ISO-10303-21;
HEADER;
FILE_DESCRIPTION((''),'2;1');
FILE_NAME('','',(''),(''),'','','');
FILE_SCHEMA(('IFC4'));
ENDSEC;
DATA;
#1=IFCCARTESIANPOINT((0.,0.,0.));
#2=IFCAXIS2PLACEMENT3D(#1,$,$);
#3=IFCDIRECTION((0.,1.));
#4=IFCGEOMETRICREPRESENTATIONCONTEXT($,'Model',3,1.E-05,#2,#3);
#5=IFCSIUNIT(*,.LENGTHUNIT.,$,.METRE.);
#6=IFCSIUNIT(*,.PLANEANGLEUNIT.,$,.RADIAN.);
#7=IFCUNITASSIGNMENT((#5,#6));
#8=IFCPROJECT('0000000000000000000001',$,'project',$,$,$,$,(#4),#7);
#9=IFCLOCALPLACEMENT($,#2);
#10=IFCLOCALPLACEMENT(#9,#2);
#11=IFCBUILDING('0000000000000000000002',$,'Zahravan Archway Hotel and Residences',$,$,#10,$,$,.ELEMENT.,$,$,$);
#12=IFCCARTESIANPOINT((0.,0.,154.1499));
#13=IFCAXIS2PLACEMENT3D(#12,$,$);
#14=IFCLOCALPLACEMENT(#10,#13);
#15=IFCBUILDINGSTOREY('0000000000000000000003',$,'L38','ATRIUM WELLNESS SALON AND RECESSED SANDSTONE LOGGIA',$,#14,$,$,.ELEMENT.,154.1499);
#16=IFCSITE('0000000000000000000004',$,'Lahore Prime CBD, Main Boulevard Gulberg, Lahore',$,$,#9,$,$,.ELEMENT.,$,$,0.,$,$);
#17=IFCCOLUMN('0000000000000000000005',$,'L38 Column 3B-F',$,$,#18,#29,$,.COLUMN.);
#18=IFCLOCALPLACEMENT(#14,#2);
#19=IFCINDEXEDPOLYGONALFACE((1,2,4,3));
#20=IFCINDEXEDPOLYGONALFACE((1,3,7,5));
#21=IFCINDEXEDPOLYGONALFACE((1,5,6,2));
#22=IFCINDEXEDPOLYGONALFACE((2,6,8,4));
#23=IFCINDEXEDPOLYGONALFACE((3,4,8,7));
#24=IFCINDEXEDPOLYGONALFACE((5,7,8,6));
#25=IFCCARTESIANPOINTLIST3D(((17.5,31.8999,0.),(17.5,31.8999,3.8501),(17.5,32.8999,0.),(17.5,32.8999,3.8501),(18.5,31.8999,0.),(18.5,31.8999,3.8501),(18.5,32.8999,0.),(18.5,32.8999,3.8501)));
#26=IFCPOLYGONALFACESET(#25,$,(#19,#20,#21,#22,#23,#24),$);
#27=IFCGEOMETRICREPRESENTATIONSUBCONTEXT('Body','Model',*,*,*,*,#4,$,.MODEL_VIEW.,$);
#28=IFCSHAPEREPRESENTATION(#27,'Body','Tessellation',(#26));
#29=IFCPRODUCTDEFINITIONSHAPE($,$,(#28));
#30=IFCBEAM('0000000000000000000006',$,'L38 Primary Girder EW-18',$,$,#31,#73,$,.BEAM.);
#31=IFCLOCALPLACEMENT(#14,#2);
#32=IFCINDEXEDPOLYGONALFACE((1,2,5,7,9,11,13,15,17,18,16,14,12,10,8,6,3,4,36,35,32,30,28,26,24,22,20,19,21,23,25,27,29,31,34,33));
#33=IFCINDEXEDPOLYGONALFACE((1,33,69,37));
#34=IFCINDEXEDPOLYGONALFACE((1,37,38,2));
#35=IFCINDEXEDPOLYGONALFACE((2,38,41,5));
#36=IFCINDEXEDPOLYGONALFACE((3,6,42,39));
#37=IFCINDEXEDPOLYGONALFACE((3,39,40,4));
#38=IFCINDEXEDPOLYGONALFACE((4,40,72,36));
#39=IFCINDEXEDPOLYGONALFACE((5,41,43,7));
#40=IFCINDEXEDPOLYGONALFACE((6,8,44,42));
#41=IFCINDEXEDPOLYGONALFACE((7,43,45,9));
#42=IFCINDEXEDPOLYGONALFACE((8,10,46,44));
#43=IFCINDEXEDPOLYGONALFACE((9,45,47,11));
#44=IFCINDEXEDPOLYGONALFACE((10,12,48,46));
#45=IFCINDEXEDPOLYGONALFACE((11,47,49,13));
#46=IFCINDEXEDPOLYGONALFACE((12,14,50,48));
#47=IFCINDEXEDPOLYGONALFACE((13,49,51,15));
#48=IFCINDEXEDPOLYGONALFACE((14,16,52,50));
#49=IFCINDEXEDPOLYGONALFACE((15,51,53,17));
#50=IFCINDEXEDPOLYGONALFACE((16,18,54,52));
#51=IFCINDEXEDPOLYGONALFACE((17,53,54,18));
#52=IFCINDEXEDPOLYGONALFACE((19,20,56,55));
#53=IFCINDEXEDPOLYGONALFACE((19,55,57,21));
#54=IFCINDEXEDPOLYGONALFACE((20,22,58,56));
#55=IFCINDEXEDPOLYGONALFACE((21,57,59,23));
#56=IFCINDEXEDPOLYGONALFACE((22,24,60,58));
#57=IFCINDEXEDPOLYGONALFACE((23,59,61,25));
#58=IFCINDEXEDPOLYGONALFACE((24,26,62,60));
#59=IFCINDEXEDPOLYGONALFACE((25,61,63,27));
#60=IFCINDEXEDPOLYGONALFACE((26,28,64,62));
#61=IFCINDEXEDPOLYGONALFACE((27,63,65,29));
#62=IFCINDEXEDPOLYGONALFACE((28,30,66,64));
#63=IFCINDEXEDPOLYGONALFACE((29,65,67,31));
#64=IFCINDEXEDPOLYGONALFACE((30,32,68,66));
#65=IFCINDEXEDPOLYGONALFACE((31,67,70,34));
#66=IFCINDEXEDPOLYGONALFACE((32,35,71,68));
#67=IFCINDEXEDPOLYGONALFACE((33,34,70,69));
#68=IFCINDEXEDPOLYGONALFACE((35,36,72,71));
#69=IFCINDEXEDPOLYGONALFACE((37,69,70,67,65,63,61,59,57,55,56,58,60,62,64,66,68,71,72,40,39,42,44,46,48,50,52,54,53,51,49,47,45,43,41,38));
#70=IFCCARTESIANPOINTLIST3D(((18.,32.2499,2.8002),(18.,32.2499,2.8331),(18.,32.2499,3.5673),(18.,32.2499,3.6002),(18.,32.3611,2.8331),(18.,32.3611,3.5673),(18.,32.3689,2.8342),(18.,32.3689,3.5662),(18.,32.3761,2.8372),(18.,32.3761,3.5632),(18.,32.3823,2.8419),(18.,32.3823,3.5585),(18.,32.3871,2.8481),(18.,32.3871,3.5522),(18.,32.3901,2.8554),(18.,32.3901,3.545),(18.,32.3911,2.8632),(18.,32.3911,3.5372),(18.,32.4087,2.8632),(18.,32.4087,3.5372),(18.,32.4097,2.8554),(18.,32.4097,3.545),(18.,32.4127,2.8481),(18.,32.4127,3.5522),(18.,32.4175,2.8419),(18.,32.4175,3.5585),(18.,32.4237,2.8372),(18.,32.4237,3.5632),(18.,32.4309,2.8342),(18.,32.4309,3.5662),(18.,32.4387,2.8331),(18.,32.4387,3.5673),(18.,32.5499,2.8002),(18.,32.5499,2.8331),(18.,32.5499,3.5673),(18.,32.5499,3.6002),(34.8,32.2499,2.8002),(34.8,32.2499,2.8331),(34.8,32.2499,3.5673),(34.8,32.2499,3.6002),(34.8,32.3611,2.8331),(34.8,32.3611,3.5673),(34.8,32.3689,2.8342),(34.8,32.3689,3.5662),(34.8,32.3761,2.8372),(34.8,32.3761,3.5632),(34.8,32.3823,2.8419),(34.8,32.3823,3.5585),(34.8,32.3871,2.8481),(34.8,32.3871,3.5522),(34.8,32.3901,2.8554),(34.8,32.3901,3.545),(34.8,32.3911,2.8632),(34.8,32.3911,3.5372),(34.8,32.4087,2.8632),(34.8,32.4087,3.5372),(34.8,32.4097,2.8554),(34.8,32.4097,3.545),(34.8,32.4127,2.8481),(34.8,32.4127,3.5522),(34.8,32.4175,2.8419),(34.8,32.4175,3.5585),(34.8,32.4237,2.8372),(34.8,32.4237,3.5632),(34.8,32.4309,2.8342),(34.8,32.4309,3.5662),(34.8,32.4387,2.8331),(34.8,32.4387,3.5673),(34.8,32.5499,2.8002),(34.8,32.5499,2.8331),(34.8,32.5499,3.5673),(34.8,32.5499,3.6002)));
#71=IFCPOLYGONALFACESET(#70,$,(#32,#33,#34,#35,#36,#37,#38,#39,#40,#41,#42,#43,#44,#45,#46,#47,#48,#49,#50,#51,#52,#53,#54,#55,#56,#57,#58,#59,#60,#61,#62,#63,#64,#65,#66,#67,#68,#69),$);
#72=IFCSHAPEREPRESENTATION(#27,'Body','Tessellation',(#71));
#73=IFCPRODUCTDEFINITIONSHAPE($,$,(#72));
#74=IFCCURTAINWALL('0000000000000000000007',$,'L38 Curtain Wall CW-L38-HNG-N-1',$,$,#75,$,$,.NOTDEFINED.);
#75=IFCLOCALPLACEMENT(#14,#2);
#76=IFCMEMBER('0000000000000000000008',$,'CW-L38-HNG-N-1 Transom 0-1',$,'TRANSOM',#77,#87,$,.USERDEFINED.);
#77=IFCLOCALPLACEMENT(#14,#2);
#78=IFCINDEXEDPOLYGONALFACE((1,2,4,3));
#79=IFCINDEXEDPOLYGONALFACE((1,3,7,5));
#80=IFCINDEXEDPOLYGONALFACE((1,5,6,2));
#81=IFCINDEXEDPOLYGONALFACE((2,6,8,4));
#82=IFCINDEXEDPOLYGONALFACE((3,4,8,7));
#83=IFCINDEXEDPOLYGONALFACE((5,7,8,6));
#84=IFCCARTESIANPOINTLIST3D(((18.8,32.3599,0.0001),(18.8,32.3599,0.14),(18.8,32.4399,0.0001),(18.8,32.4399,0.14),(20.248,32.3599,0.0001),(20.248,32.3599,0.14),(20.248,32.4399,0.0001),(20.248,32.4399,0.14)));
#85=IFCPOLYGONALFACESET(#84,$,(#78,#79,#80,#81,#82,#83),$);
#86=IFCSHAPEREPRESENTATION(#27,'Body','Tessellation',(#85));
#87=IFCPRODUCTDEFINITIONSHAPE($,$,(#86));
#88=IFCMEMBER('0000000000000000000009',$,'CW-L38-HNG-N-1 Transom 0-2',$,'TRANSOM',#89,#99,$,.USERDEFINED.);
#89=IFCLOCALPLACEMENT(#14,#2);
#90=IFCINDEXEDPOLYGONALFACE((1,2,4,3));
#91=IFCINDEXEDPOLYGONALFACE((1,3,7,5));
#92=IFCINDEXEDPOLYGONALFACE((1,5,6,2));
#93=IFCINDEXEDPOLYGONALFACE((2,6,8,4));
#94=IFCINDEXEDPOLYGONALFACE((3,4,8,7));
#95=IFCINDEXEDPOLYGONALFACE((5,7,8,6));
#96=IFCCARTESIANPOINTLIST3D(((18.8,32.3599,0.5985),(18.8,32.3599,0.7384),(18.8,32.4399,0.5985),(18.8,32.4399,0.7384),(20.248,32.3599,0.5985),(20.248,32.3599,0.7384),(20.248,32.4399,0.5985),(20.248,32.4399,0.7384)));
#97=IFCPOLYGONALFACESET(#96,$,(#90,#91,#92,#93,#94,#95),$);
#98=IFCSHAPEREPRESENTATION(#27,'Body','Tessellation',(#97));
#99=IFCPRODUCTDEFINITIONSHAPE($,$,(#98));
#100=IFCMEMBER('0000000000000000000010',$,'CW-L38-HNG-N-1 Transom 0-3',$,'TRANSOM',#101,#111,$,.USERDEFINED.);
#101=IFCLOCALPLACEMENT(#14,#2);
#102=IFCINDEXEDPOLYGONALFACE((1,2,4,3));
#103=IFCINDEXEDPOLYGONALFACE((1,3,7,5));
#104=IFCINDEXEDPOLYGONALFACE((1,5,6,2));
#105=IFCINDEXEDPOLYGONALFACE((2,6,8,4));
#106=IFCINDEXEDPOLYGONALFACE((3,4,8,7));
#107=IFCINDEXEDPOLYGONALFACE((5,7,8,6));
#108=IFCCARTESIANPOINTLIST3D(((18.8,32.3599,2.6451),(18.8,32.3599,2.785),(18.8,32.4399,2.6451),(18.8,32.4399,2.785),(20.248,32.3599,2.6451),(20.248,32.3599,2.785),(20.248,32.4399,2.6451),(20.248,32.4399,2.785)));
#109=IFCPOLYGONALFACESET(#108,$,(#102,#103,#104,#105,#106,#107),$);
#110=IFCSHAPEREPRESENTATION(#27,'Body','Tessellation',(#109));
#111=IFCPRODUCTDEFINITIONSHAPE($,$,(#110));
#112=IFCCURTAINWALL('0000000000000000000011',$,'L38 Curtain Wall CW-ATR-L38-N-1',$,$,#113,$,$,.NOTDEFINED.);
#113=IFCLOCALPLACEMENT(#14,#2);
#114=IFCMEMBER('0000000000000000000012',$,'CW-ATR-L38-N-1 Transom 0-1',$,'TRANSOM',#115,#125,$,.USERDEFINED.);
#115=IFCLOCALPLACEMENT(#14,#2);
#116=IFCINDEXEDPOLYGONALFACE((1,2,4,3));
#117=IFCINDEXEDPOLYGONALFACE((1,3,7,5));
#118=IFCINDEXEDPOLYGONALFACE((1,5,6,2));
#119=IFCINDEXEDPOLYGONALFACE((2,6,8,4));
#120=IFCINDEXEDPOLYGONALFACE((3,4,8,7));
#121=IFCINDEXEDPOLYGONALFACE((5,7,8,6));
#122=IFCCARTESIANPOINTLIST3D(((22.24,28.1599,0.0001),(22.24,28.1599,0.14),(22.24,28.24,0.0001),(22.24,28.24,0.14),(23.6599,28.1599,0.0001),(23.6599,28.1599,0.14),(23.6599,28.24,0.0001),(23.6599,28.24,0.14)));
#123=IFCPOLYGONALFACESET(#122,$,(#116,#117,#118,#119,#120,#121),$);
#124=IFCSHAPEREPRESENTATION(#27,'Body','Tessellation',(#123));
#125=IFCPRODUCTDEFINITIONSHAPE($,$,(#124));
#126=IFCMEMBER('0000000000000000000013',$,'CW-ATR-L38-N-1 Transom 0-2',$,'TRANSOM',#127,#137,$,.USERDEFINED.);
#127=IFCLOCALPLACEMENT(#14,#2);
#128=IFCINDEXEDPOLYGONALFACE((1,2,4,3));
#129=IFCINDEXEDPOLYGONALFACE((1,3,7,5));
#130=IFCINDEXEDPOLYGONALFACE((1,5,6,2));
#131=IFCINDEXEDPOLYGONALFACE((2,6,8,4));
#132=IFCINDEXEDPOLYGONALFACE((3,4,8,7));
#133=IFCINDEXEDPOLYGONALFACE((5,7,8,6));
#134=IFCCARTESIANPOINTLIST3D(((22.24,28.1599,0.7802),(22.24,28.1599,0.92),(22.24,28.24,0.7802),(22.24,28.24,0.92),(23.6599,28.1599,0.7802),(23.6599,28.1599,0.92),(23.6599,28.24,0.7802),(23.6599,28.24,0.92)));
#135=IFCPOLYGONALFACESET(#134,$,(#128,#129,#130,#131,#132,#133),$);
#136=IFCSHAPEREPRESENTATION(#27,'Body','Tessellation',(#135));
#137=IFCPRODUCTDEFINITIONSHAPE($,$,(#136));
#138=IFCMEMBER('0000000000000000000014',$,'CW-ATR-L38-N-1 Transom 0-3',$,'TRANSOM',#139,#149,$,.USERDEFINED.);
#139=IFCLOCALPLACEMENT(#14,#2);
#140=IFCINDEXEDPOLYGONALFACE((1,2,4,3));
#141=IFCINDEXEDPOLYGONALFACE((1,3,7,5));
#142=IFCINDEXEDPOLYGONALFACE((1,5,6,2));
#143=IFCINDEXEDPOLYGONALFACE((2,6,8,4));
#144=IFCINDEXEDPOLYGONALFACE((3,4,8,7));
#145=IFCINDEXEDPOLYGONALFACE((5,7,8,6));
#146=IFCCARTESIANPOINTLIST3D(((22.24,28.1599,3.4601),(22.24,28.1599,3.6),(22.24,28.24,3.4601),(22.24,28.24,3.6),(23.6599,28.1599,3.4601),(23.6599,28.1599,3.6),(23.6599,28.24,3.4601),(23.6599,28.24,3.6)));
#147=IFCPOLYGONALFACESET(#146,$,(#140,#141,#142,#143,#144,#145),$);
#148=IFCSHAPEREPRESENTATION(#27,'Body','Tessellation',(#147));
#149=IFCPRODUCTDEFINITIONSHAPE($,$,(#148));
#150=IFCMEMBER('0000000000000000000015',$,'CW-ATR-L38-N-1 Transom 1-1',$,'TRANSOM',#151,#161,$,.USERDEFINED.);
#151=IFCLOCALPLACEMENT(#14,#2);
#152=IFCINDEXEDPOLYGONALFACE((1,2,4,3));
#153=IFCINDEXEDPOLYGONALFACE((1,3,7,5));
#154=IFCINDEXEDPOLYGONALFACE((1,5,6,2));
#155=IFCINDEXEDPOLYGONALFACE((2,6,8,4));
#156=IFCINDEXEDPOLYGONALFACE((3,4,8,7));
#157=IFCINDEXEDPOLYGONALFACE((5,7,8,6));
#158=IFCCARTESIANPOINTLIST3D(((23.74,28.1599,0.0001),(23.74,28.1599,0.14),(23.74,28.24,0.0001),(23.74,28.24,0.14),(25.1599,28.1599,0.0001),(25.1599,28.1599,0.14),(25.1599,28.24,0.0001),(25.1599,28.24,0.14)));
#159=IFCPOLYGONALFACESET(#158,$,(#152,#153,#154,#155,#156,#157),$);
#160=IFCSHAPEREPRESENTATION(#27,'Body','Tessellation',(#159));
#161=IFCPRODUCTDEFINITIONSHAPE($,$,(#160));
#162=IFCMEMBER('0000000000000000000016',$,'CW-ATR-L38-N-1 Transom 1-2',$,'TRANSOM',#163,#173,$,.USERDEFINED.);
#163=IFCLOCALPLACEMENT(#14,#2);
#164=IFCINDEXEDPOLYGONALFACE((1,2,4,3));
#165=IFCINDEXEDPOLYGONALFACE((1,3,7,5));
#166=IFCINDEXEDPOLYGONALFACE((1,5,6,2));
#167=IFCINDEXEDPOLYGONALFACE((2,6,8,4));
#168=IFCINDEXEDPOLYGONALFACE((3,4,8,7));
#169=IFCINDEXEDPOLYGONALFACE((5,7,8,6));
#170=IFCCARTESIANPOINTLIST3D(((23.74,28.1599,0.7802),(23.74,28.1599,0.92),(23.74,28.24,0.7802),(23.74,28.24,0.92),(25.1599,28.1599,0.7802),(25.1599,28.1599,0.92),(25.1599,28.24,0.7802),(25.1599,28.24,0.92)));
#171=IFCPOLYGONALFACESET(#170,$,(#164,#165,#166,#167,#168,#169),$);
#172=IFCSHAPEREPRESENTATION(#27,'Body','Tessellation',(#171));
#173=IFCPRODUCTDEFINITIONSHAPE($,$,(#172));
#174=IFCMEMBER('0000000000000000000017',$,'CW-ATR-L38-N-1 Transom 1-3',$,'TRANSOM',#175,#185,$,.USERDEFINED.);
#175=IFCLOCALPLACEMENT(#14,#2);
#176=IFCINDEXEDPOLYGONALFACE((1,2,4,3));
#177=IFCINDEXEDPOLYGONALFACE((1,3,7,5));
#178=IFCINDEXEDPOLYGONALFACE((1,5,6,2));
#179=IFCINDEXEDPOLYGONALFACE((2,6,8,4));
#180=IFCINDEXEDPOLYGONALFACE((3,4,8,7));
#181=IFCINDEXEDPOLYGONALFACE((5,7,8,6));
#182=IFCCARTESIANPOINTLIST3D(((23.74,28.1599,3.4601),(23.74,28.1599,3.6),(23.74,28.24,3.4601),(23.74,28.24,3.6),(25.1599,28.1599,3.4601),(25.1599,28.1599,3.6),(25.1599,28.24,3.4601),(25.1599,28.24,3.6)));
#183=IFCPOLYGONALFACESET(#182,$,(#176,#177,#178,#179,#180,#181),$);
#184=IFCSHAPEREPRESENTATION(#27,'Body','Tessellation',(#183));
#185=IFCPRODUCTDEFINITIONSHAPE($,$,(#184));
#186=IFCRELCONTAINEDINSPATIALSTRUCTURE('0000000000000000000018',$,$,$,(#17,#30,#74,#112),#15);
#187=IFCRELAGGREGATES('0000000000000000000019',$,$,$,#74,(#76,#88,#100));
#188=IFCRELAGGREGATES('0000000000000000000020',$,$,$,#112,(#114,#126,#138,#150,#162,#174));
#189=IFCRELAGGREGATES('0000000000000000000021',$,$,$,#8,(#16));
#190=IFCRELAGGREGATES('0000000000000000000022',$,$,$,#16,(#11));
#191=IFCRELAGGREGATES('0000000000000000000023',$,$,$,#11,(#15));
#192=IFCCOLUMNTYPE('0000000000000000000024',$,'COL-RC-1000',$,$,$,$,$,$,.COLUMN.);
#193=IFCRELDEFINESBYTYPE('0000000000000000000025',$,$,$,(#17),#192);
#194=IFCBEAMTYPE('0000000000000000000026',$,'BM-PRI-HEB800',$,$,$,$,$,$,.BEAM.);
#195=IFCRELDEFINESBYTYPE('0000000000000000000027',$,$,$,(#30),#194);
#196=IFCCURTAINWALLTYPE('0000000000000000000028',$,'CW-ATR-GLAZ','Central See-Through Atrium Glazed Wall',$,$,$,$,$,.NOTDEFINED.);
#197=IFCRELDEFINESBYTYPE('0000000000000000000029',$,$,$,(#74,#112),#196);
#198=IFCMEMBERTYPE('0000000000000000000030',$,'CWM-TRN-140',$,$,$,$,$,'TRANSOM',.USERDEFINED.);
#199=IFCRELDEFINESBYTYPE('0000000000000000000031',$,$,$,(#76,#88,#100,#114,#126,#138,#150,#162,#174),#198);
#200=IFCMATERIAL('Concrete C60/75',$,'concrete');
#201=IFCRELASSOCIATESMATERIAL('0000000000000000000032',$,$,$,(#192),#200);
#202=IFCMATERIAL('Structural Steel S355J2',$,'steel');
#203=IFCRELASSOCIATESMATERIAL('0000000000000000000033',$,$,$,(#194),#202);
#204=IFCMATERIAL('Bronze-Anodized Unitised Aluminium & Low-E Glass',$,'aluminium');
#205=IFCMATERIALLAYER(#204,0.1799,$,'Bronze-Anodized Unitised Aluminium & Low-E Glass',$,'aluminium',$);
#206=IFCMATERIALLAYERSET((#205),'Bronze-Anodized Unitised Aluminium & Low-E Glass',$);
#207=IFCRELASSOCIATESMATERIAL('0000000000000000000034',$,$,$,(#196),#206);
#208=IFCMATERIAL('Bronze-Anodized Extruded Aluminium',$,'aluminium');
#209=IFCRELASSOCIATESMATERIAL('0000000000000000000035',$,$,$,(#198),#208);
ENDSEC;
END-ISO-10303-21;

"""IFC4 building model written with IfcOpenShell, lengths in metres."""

from ifc_helpers import new_model, si_unit, direction, frame, origin, origin_2d, place, context, subcontext, project, spatial, rectangle, i_section, extrude, source, transform, mapped, material, layer, layer_set, material_profile, profile_set, type_object, type_shapes, element, aggregate, save


model = new_model("IFC4")

# Units and contexts
model_context = context("Model", 3, precision=1e-05, world=origin(), true_north=direction((0.0, 1.0)))
body_context = subcontext(model_context, "Body", "Model", "MODEL_VIEW")
ifc_project = project(units=[si_unit("LENGTHUNIT", "METRE"), si_unit("PLANEANGLEUNIT", "RADIAN")], contexts=[model_context])

# Site, building, storey
site_placement = place(None, origin())
site = spatial("IfcSite", under=ifc_project, at=site_placement, Name="Lahore Prime CBD, Main Boulevard Gulberg, Lahore", CompositionType="ELEMENT", RefElevation=0.0)
building_placement = place(site_placement, origin())
building = spatial("IfcBuilding", under=site, at=building_placement, Name="Zahravan Archway Hotel and Residences", CompositionType="ELEMENT")
storey_placement = place(building_placement, frame((0.0, 0.0, 154.1499)))
storey = spatial("IfcBuildingStorey", under=building, at=storey_placement, Name="L38", Description="ATRIUM WELLNESS SALON AND RECESSED SANDSTONE LOGGIA", CompositionType="ELEMENT", Elevation=154.1499)

# Column
ifc_material_1 = material(Name="Concrete C60/75", Category="concrete")
ifc_material_profile_1 = material_profile(ifc_material_1, rectangle(XDim=1.0, YDim=1.0, at=origin_2d()), Name="RC-COL-1000x1000", Category="concrete")
ifc_profile_set_1 = profile_set([ifc_material_profile_1], Name="Concrete C60/75")
column_type = type_object("IfcColumnType", Name="COL-RC-1000", PredefinedType="COLUMN", material=ifc_profile_set_1)
shared_shape_1 = source(origin(), body_context, "Body", "SweptSolid", [
    extrude(rectangle(XDim=1.0, YDim=1.0, at=origin_2d()), origin(), (0.0, 0.0, 1.0), 3.8501),
])
column_placement = place(storey_placement, frame((18.0, 32.3999, 0.0), z_axis=(0.0, 0.0, 1.0), x_axis=(1.0, 0.0, 0.0)))
element("IfcColumn", 1, at=column_placement, inside=storey, type_object=column_type, Name="L38 Column 3B-F", PredefinedType="COLUMN", context=body_context, shape_type="MappedRepresentation", body=[
    mapped(shared_shape_1, transform((0.0, 0.0, 0.0), scale=1.0)),
])

# Beam
ifc_material_2 = material(Name="Structural Steel S355J2", Category="steel")
ifc_material_profile_2 = material_profile(ifc_material_2, i_section(OverallWidth=0.3, OverallDepth=0.8, WebThickness=0.0176, FlangeThickness=0.033, FilletRadius=0.03, at=origin_2d()), Name="HEB 800", Category="steel")
ifc_profile_set_2 = profile_set([ifc_material_profile_2], Name="Structural Steel S355J2")
beam_type = type_object("IfcBeamType", Name="BM-PRI-HEB800", PredefinedType="BEAM", material=ifc_profile_set_2)
shared_shape_2 = source(origin(), body_context, "Body", "SweptSolid", [
    extrude(i_section(OverallWidth=0.3, OverallDepth=0.8, WebThickness=0.0176, FlangeThickness=0.033, FilletRadius=0.03, at=origin_2d()), origin(), (0.0, 0.0, 1.0), 16.8),
])
type_shapes(beam_type, [shared_shape_2])
beam_placement = place(storey_placement, frame((18.0, 32.3999, 3.2002), z_axis=(1.0, 0.0, 0.0), x_axis=(0.0, 1.0, 0.0)))
element("IfcBeam", 2, at=beam_placement, inside=storey, type_object=beam_type, Name="L38 Primary Girder EW-18", PredefinedType="BEAM", context=body_context, shape_type="MappedRepresentation", body=[
    mapped(shared_shape_2, transform((0.0, 0.0, 0.0), scale=1.0)),
])

# Curtain walls, members
ifc_material_3 = material(Name="Bronze-Anodized Unitised Aluminium & Low-E Glass", Category="aluminium")
ifc_layer_1 = layer(ifc_material_3, 0.1799, Name="Bronze-Anodized Unitised Aluminium & Low-E Glass", Category="aluminium")
ifc_layer_set_1 = layer_set([ifc_layer_1], Name="Bronze-Anodized Unitised Aluminium & Low-E Glass")
curtain_wall_type = type_object("IfcCurtainWallType", Name="CW-ATR-GLAZ", Description="Central See-Through Atrium Glazed Wall", PredefinedType="NOTDEFINED", material=ifc_layer_set_1)
curtain_wall_1_placement = place(storey_placement, origin())
curtain_wall_1 = element("IfcCurtainWall", 3, at=curtain_wall_1_placement, inside=storey, type_object=curtain_wall_type, Name="L38 Curtain Wall CW-L38-HNG-N-1", PredefinedType="NOTDEFINED")
ifc_material_4 = material(Name="Bronze-Anodized Extruded Aluminium", Category="aluminium")
ifc_material_profile_3 = material_profile(ifc_material_4, rectangle(XDim=0.0801, YDim=0.1399, at=origin_2d()), Name="TRN 80x140", Category="aluminium")
ifc_profile_set_3 = profile_set([ifc_material_profile_3], Name="Bronze-Anodized Extruded Aluminium")
member_type_1 = type_object("IfcMemberType", Name="CWM-TRN-140", ElementType="TRANSOM", PredefinedType="USERDEFINED", material=ifc_profile_set_3)
shared_shape_3 = source(origin(), body_context, "Body", "SweptSolid", [
    extrude(rectangle(XDim=0.0801, YDim=0.1399, at=origin_2d()), origin(), (0.0, 0.0, 1.0), 1.448),
])
member_1_placement = place(storey_placement, frame((18.8, 32.3999, 0.0701), z_axis=(1.0, 0.0, 0.0), x_axis=(0.0, 1.0, 0.0)))
member_1 = element("IfcMember", 4, at=member_1_placement, type_object=member_type_1, Name="CW-L38-HNG-N-1 Transom 0-1", ObjectType="TRANSOM", PredefinedType="USERDEFINED", context=body_context, shape_type="MappedRepresentation", body=[
    mapped(shared_shape_3, transform((0.0, 0.0, 0.0), scale=1.0)),
])
member_2_placement = place(storey_placement, frame((18.8, 32.3999, 0.6685), z_axis=(1.0, 0.0, 0.0), x_axis=(0.0, 1.0, 0.0)))
member_2 = element("IfcMember", 5, at=member_2_placement, type_object=member_type_1, Name="CW-L38-HNG-N-1 Transom 0-2", ObjectType="TRANSOM", PredefinedType="USERDEFINED", context=body_context, shape_type="MappedRepresentation", body=[
    mapped(shared_shape_3, transform((0.0, 0.0, 0.0), scale=1.0)),
])
member_3_placement = place(storey_placement, frame((18.8, 32.3999, 2.7151), z_axis=(1.0, 0.0, 0.0), x_axis=(0.0, 1.0, 0.0)))
member_3 = element("IfcMember", 6, at=member_3_placement, type_object=member_type_1, Name="CW-L38-HNG-N-1 Transom 0-3", ObjectType="TRANSOM", PredefinedType="USERDEFINED", context=body_context, shape_type="MappedRepresentation", body=[
    mapped(shared_shape_3, transform((0.0, 0.0, 0.0), scale=1.0)),
])
curtain_wall_2_placement = place(storey_placement, origin())
curtain_wall_2 = element("IfcCurtainWall", 7, at=curtain_wall_2_placement, inside=storey, type_object=curtain_wall_type, Name="L38 Curtain Wall CW-ATR-L38-N-1", PredefinedType="NOTDEFINED")
shared_shape_4 = source(origin(), body_context, "Body", "SweptSolid", [
    extrude(rectangle(XDim=0.0801, YDim=0.1399, at=origin_2d()), origin(), (0.0, 0.0, 1.0), 1.4199),
])
member_4_placement = place(storey_placement, frame((22.24, 28.2, 0.0701), z_axis=(1.0, 0.0, 0.0), x_axis=(0.0, 1.0, 0.0)))
member_4 = element("IfcMember", 8, at=member_4_placement, type_object=member_type_1, Name="CW-ATR-L38-N-1 Transom 0-1", ObjectType="TRANSOM", PredefinedType="USERDEFINED", context=body_context, shape_type="MappedRepresentation", body=[
    mapped(shared_shape_4, transform((0.0, 0.0, 0.0), scale=1.0)),
])
member_5_placement = place(storey_placement, frame((22.24, 28.2, 0.8501), z_axis=(1.0, 0.0, 0.0), x_axis=(0.0, 1.0, 0.0)))
member_5 = element("IfcMember", 9, at=member_5_placement, type_object=member_type_1, Name="CW-ATR-L38-N-1 Transom 0-2", ObjectType="TRANSOM", PredefinedType="USERDEFINED", context=body_context, shape_type="MappedRepresentation", body=[
    mapped(shared_shape_4, transform((0.0, 0.0, 0.0), scale=1.0)),
])
member_6_placement = place(storey_placement, frame((22.24, 28.2, 3.53), z_axis=(1.0, 0.0, 0.0), x_axis=(0.0, 1.0, 0.0)))
member_6 = element("IfcMember", 10, at=member_6_placement, type_object=member_type_1, Name="CW-ATR-L38-N-1 Transom 0-3", ObjectType="TRANSOM", PredefinedType="USERDEFINED", context=body_context, shape_type="MappedRepresentation", body=[
    mapped(shared_shape_4, transform((0.0, 0.0, 0.0), scale=1.0)),
])
member_7_placement = place(storey_placement, frame((23.74, 28.2, 0.0701), z_axis=(1.0, 0.0, 0.0), x_axis=(0.0, 1.0, 0.0)))
member_7 = element("IfcMember", 11, at=member_7_placement, type_object=member_type_1, Name="CW-ATR-L38-N-1 Transom 1-1", ObjectType="TRANSOM", PredefinedType="USERDEFINED", context=body_context, shape_type="MappedRepresentation", body=[
    mapped(shared_shape_4, transform((0.0, 0.0, 0.0), scale=1.0)),
])
member_8_placement = place(storey_placement, frame((23.74, 28.2, 0.8501), z_axis=(1.0, 0.0, 0.0), x_axis=(0.0, 1.0, 0.0)))
member_8 = element("IfcMember", 12, at=member_8_placement, type_object=member_type_1, Name="CW-ATR-L38-N-1 Transom 1-2", ObjectType="TRANSOM", PredefinedType="USERDEFINED", context=body_context, shape_type="MappedRepresentation", body=[
    mapped(shared_shape_4, transform((0.0, 0.0, 0.0), scale=1.0)),
])
member_9_placement = place(storey_placement, frame((23.74, 28.2, 3.53), z_axis=(1.0, 0.0, 0.0), x_axis=(0.0, 1.0, 0.0)))
member_9 = element("IfcMember", 13, at=member_9_placement, type_object=member_type_1, Name="CW-ATR-L38-N-1 Transom 1-3", ObjectType="TRANSOM", PredefinedType="USERDEFINED", context=body_context, shape_type="MappedRepresentation", body=[
    mapped(shared_shape_4, transform((0.0, 0.0, 0.0), scale=1.0)),
])

aggregate(curtain_wall_1, [member_1, member_2, member_3])

aggregate(curtain_wall_2, [member_4, member_5, member_6, member_7, member_8, member_9])

save(model, "model.ifc")
